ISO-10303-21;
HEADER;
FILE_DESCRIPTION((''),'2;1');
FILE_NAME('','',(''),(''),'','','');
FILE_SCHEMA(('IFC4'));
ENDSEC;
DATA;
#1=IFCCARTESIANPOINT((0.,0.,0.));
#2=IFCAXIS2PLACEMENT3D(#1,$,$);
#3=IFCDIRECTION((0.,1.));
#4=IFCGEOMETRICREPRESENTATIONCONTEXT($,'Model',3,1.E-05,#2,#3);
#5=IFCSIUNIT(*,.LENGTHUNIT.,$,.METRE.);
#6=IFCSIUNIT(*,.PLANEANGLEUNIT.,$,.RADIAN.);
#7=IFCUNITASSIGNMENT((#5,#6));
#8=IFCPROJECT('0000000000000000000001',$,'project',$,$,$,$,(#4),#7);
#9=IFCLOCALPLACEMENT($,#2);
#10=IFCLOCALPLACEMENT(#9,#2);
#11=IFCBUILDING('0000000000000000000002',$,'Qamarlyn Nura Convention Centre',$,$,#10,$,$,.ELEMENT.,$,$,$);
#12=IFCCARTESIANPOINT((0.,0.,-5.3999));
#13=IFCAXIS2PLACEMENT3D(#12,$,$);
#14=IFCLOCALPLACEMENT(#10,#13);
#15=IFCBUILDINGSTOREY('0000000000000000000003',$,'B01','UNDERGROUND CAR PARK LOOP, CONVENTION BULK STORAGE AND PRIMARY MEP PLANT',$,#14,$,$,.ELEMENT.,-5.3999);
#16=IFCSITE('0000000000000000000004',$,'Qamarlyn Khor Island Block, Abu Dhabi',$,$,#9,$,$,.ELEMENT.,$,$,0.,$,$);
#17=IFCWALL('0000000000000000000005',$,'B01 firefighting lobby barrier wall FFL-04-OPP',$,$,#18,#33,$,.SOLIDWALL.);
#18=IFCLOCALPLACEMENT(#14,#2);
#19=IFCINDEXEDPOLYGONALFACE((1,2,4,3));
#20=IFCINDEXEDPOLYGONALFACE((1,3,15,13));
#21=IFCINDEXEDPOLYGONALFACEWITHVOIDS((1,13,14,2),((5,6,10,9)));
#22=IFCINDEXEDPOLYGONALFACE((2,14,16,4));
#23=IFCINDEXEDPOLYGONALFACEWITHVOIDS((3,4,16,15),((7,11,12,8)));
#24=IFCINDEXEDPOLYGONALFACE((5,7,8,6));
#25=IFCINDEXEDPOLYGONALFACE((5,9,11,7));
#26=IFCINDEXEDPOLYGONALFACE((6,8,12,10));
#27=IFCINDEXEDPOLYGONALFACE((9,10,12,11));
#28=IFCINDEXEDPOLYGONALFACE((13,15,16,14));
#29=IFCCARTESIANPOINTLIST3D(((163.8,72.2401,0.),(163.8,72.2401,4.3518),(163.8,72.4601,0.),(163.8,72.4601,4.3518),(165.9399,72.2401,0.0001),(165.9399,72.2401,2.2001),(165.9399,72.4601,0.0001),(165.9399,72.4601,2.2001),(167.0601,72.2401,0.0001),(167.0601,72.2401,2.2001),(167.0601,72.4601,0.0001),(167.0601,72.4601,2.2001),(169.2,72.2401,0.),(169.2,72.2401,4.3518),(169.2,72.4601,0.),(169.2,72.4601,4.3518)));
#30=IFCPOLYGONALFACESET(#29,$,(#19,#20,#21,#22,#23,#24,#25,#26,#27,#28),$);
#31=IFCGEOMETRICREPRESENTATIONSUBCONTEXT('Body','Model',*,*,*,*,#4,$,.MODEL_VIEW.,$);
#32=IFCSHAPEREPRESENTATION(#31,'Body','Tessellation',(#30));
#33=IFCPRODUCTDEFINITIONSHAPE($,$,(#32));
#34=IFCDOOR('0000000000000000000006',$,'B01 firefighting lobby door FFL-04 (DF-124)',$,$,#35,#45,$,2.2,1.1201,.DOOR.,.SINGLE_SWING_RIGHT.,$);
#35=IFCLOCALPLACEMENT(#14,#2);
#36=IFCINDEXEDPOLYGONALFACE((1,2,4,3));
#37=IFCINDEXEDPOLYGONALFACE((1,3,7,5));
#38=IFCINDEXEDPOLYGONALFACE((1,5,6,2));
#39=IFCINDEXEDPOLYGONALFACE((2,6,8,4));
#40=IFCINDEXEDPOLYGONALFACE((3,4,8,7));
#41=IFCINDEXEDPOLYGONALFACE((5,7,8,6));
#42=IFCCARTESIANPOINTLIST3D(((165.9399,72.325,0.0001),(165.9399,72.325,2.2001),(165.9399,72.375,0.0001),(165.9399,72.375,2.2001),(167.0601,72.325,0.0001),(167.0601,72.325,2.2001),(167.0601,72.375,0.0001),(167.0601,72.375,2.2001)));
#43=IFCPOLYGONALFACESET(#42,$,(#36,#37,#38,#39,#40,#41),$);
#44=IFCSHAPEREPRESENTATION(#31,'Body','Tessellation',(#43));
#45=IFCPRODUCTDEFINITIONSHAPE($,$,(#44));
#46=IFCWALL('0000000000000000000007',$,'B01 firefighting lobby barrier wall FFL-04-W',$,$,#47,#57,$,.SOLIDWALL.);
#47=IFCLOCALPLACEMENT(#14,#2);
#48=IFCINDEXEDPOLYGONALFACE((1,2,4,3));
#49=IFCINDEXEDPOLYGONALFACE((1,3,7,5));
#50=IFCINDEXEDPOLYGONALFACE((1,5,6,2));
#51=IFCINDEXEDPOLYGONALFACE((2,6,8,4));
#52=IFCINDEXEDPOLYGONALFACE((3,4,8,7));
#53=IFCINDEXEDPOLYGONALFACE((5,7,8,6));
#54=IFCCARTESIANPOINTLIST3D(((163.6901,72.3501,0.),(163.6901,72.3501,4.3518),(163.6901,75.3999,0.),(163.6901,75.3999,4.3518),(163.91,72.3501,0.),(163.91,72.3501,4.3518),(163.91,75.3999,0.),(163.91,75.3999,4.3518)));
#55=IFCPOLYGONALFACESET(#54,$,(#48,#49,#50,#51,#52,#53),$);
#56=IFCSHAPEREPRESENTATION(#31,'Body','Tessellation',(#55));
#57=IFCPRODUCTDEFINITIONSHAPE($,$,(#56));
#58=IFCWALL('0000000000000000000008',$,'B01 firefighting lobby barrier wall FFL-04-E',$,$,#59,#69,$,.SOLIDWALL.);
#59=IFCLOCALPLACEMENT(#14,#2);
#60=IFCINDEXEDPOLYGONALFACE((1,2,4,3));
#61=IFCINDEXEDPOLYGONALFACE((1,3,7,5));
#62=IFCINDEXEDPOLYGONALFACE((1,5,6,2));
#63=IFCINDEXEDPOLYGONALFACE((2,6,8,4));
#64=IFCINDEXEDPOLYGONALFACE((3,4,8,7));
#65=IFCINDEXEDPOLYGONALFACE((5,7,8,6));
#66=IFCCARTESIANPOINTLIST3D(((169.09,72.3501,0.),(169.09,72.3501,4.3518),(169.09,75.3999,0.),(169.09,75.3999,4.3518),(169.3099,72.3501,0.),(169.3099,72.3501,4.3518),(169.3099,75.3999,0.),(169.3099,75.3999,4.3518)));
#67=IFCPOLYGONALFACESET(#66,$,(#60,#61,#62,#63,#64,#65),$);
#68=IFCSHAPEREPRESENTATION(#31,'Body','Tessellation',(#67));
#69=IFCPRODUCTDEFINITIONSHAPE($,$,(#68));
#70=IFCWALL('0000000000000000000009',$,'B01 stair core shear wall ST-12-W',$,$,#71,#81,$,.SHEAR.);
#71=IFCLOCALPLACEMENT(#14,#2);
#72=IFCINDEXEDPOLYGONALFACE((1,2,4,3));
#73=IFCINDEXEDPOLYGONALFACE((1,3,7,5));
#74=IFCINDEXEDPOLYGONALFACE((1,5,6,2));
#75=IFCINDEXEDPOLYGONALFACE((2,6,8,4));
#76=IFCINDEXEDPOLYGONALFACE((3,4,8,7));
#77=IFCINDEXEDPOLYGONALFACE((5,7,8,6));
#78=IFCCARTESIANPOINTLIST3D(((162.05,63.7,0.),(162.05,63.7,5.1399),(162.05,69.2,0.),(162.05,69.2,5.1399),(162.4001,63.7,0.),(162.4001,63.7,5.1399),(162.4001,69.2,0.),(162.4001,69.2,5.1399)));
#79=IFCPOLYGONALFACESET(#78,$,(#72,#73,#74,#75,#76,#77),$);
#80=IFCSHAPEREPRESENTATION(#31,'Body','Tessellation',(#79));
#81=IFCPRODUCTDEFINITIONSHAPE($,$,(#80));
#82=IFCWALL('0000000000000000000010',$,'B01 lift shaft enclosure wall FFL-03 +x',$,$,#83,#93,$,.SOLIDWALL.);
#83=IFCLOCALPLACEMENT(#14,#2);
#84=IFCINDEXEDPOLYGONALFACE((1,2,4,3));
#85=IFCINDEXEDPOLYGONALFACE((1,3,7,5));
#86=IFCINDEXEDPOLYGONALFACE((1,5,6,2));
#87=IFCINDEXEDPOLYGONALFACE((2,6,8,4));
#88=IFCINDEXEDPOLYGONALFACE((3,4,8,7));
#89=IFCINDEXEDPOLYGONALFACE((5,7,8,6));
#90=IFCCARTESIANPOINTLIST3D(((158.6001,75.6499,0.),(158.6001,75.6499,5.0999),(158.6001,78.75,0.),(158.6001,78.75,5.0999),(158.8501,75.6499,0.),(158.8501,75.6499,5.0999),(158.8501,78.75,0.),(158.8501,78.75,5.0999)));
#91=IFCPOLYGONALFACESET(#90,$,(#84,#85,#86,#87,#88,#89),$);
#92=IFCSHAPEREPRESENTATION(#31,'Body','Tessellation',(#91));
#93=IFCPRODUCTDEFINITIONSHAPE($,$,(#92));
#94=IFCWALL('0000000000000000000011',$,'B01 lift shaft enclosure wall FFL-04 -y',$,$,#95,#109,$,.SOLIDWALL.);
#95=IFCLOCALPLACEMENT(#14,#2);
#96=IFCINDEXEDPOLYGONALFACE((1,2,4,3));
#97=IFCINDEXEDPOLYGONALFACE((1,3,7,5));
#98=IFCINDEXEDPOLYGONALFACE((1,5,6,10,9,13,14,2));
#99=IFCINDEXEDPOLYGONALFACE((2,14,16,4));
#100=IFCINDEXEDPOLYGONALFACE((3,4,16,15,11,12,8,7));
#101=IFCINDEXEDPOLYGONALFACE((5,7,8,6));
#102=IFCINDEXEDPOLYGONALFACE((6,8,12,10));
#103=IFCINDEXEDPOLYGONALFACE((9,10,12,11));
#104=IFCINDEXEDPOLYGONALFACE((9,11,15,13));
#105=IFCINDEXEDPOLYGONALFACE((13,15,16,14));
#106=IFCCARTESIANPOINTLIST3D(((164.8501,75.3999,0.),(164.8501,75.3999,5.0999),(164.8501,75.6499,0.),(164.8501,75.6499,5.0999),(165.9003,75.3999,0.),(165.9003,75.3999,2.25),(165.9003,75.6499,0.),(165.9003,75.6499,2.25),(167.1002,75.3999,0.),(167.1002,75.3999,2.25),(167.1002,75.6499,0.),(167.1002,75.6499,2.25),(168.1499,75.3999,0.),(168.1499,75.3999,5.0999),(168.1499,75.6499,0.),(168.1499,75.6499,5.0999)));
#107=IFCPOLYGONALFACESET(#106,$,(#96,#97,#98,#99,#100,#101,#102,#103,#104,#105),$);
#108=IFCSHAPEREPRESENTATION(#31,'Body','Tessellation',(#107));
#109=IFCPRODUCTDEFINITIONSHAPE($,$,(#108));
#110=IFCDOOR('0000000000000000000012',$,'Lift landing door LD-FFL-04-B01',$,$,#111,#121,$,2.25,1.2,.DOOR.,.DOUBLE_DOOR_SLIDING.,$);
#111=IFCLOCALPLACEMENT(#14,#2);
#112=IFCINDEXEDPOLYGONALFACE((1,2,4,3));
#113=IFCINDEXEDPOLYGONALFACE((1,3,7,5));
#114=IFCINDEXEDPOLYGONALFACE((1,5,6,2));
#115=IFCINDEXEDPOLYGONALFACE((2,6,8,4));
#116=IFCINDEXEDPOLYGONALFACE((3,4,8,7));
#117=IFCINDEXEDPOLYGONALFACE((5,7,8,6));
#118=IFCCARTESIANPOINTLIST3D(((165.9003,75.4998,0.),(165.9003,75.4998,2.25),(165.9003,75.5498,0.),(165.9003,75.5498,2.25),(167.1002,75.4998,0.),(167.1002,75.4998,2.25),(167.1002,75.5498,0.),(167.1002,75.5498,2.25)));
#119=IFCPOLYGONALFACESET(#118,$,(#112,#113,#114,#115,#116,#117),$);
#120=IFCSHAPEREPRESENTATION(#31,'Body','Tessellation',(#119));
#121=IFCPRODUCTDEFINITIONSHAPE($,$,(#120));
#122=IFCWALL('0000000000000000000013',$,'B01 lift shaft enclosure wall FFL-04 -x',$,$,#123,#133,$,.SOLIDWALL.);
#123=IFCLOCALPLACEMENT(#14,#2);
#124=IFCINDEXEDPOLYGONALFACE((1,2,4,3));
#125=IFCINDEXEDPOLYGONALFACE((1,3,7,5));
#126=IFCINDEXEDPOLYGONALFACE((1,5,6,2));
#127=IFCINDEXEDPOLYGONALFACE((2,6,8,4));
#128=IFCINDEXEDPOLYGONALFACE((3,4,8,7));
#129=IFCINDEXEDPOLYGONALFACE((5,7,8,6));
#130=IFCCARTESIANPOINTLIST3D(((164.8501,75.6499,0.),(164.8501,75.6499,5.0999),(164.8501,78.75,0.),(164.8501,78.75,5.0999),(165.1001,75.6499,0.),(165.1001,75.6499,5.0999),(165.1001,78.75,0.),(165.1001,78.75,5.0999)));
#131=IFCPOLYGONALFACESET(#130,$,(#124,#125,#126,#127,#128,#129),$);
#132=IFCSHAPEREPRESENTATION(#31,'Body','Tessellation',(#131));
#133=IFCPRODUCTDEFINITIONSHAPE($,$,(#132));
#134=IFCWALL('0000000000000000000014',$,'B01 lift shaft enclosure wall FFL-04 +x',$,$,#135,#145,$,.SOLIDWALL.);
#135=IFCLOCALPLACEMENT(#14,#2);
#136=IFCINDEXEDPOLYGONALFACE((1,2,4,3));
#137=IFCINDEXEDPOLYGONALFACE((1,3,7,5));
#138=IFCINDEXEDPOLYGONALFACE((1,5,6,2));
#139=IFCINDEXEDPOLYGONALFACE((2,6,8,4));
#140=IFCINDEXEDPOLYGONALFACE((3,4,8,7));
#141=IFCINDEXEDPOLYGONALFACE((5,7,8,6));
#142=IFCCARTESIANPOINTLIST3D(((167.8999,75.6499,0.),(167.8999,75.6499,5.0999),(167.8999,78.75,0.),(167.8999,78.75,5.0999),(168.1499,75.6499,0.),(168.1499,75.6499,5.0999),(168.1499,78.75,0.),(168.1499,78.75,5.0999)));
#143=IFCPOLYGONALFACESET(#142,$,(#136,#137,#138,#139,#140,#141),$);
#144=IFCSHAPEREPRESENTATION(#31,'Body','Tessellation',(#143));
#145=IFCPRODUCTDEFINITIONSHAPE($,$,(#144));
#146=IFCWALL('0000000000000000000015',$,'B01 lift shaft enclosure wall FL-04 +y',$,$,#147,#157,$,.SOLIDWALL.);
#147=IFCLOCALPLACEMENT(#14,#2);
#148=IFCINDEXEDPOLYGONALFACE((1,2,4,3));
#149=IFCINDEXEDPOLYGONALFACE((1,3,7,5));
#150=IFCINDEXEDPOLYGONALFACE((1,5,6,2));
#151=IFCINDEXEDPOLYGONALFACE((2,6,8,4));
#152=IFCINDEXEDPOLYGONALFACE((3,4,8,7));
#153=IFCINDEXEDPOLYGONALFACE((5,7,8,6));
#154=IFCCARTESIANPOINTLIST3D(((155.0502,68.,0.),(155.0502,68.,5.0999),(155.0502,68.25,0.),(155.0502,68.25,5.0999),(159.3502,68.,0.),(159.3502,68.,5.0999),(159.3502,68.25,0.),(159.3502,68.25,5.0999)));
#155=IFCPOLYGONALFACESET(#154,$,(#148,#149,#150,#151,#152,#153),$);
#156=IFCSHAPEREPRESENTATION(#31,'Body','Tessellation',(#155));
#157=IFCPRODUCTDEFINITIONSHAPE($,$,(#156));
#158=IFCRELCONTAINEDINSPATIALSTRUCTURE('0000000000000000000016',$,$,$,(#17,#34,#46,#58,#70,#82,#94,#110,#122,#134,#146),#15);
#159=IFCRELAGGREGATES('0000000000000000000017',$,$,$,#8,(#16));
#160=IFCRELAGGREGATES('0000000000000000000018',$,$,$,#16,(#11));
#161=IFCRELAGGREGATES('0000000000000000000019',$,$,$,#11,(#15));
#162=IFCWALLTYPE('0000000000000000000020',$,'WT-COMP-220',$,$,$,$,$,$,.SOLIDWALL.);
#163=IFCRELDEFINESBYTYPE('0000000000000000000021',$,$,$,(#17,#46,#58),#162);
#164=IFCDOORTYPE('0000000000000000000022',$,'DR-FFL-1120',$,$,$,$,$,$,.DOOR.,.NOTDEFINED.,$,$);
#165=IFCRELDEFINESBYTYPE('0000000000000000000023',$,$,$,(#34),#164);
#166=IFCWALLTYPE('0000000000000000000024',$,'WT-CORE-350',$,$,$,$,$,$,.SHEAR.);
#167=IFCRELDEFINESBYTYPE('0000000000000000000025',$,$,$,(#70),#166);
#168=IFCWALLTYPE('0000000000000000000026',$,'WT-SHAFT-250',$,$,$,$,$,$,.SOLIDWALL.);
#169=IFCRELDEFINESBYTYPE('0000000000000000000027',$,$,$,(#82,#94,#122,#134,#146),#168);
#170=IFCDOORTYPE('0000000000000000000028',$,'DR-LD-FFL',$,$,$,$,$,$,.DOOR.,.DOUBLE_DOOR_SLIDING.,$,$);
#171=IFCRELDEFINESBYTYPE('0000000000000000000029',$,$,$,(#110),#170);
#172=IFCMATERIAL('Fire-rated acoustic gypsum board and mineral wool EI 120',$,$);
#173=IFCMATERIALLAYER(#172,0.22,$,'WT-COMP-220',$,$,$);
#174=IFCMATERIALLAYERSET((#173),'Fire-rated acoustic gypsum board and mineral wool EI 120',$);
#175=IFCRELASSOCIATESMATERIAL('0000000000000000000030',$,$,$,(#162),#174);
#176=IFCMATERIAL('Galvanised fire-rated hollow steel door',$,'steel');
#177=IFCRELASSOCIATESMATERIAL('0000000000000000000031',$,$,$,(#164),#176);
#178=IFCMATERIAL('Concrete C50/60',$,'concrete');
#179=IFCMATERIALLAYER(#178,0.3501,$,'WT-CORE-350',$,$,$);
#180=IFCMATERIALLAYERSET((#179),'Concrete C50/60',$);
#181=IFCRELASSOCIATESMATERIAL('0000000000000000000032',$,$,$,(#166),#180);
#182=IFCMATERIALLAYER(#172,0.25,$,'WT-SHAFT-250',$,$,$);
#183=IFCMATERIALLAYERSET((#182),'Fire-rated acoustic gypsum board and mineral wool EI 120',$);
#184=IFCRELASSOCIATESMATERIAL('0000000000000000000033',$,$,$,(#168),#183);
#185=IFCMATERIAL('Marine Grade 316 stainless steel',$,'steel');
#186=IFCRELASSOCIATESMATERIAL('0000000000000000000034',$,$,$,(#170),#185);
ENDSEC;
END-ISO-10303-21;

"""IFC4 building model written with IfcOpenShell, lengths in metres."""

from ifc_helpers import new_model, si_unit, direction, frame, frame_2d, origin, place, context, subcontext, project, spatial, rectangle, extrude, material, layer, layer_set, type_object, element, fill, save


model = new_model("IFC4")

# Units and contexts
model_context = context("Model", 3, precision=1e-05, world=origin(), true_north=direction((0.0, 1.0)))
body_context = subcontext(model_context, "Body", "Model", "MODEL_VIEW")
ifc_project = project(units=[si_unit("LENGTHUNIT", "METRE"), si_unit("PLANEANGLEUNIT", "RADIAN")], contexts=[model_context])

# Site, building, storey
site_placement = place(None, origin())
site = spatial("IfcSite", under=ifc_project, at=site_placement, Name="Qamarlyn Khor Island Block, Abu Dhabi", CompositionType="ELEMENT", RefElevation=0.0)
building_placement = place(site_placement, origin())
building = spatial("IfcBuilding", under=site, at=building_placement, Name="Qamarlyn Nura Convention Centre", CompositionType="ELEMENT")
storey_placement = place(building_placement, frame((0.0, 0.0, -5.3999)))
storey = spatial("IfcBuildingStorey", under=building, at=storey_placement, Name="B01", Description="UNDERGROUND CAR PARK LOOP, CONVENTION BULK STORAGE AND PRIMARY MEP PLANT", CompositionType="ELEMENT", Elevation=-5.3999)

# Shared definitions
ifc_material_1 = material(Name="Fire-rated acoustic gypsum board and mineral wool EI 120")
ifc_layer_1 = layer(ifc_material_1, 0.22, Name="WT-COMP-220")
ifc_layer_set_1 = layer_set([ifc_layer_1], Name="Fire-rated acoustic gypsum board and mineral wool EI 120")
wall_type_1 = type_object("IfcWallType", Name="WT-COMP-220", PredefinedType="SOLIDWALL", material=ifc_layer_set_1)

# Wall, opening, door
wall_1_placement = place(storey_placement, frame((163.8, 72.3501, 0.0), z_axis=(0.0, 0.0, 1.0), x_axis=(1.0, 0.0, 0.0)))
wall_1 = element("IfcWall", 1, at=wall_1_placement, inside=storey, type_object=wall_type_1, Name="B01 firefighting lobby barrier wall FFL-04-OPP", PredefinedType="SOLIDWALL", context=body_context, shape_type="SweptSolid", body=[
    extrude(rectangle(XDim=5.3999, YDim=0.22, at=frame_2d((2.7, 0.0))), origin(), (0.0, 0.0, 1.0), 4.3518),
])
opening_1_placement = place(wall_1_placement, frame((2.1399, 0.0, 0.0)))
opening_1 = element("IfcOpeningElement", 2, at=opening_1_placement, cuts=wall_1, PredefinedType="OPENING", context=body_context, shape_type="SweptSolid", body=[
    extrude(rectangle(XDim=1.1201, YDim=2.2, at=frame_2d((0.5601, 1.1001))), frame((0.0, 0.1201, 0.0), z_axis=(0.0, -1.0, 0.0), x_axis=(1.0, 0.0, 0.0)), (0.0, 0.0, 1.0), 0.24),
])
ifc_material_2 = material(Name="Galvanised fire-rated hollow steel door", Category="steel")
door_type_1 = type_object("IfcDoorType", Name="DR-FFL-1120", OperationType="NOTDEFINED", PredefinedType="DOOR", material=ifc_material_2)
door_1_placement = place(opening_1_placement, origin())
door_1 = element("IfcDoor", 3, at=door_1_placement, inside=storey, type_object=door_type_1, Name="B01 firefighting lobby door FFL-04 (DF-124)", OperationType="SINGLE_SWING_RIGHT", OverallHeight=2.2, OverallWidth=1.1201, PredefinedType="DOOR", context=body_context, shape_type="SweptSolid", body=[
    extrude(rectangle(XDim=1.1201, YDim=2.2, at=frame_2d((0.5601, 1.1001))), frame((0.0, 0.0249, 0.0), z_axis=(0.0, -1.0, 0.0), x_axis=(1.0, 0.0, 0.0)), (0.0, 0.0, 1.0), 0.05),
])
fill(opening_1, door_1)

# Walls
for number, where, z_axis, x_axis, name in (
    (4, (163.8, 72.3501, 0.0), (0.0, 0.0, 1.0), (0.0, 1.0, 0.0), "B01 firefighting lobby barrier wall FFL-04-W"),
    (5, (169.2, 72.3501, 0.0), (0.0, 0.0, 1.0), (0.0, 1.0, 0.0), "B01 firefighting lobby barrier wall FFL-04-E"),
):
    element("IfcWall", number, at=place(storey_placement, frame(where, z_axis=z_axis, x_axis=x_axis)), inside=storey, type_object=wall_type_1, Name=name, PredefinedType="SOLIDWALL", context=body_context, shape_type="SweptSolid", body=[
        extrude(rectangle(XDim=3.0498, YDim=0.22, at=frame_2d((1.5249, 0.0))), origin(), (0.0, 0.0, 1.0), 4.3518),
    ])
ifc_material_3 = material(Name="Concrete C50/60", Category="concrete")
ifc_layer_2 = layer(ifc_material_3, 0.3501, Name="WT-CORE-350")
ifc_layer_set_2 = layer_set([ifc_layer_2], Name="Concrete C50/60")
wall_type_2 = type_object("IfcWallType", Name="WT-CORE-350", PredefinedType="SHEAR", material=ifc_layer_set_2)
wall_2_placement = place(storey_placement, frame((162.2251, 69.2, 0.0), z_axis=(0.0, 0.0, 1.0), x_axis=(0.0, -1.0, 0.0)))
element("IfcWall", 6, at=wall_2_placement, inside=storey, type_object=wall_type_2, Name="B01 stair core shear wall ST-12-W", PredefinedType="SHEAR", context=body_context, shape_type="SweptSolid", body=[
    extrude(rectangle(XDim=5.5, YDim=0.3501, at=frame_2d((2.75, 0.0))), origin(), (0.0, 0.0, 1.0), 5.1399),
])
ifc_layer_3 = layer(ifc_material_1, 0.25, Name="WT-SHAFT-250")
ifc_layer_set_3 = layer_set([ifc_layer_3], Name="Fire-rated acoustic gypsum board and mineral wool EI 120")
wall_type_3 = type_object("IfcWallType", Name="WT-SHAFT-250", PredefinedType="SOLIDWALL", material=ifc_layer_set_3)
wall_3_placement = place(storey_placement, frame((158.7251, 75.6499, 0.0), z_axis=(0.0, 0.0, 1.0), x_axis=(0.0, 1.0, 0.0)))
element("IfcWall", 7, at=wall_3_placement, inside=storey, type_object=wall_type_3, Name="B01 lift shaft enclosure wall FFL-03 +x", PredefinedType="SOLIDWALL", context=body_context, shape_type="SweptSolid", body=[
    extrude(rectangle(XDim=3.1001, YDim=0.25, at=frame_2d((1.55, 0.0))), origin(), (0.0, 0.0, 1.0), 5.0999),
])

# Wall, opening, door
wall_4_placement = place(storey_placement, frame((164.8501, 75.5249, 0.0), z_axis=(0.0, 0.0, 1.0), x_axis=(1.0, 0.0, 0.0)))
wall_4 = element("IfcWall", 8, at=wall_4_placement, inside=storey, type_object=wall_type_3, Name="B01 lift shaft enclosure wall FFL-04 -y", PredefinedType="SOLIDWALL", context=body_context, shape_type="SweptSolid", body=[
    extrude(rectangle(XDim=3.2998, YDim=0.25, at=frame_2d((1.6499, 0.0))), origin(), (0.0, 0.0, 1.0), 5.0999),
])
opening_2_placement = place(wall_4_placement, frame((1.05, 0.0, 0.0)))
opening_2 = element("IfcOpeningElement", 9, at=opening_2_placement, cuts=wall_4, PredefinedType="OPENING", context=body_context, shape_type="SweptSolid", body=[
    extrude(rectangle(XDim=1.2, YDim=2.25, at=frame_2d((0.6001, 1.125))), frame((0.0, 0.135, 0.0), z_axis=(0.0, -1.0, 0.0), x_axis=(1.0, 0.0, 0.0)), (0.0, 0.0, 1.0), 0.27),
])
ifc_material_4 = material(Name="Marine Grade 316 stainless steel", Category="steel")
door_type_2 = type_object("IfcDoorType", Name="DR-LD-FFL", OperationType="DOUBLE_DOOR_SLIDING", PredefinedType="DOOR", material=ifc_material_4)
door_2_placement = place(opening_2_placement, origin())
door_2 = element("IfcDoor", 10, at=door_2_placement, inside=storey, type_object=door_type_2, Name="Lift landing door LD-FFL-04-B01", OperationType="DOUBLE_DOOR_SLIDING", OverallHeight=2.25, OverallWidth=1.2, PredefinedType="DOOR", context=body_context, shape_type="SweptSolid", body=[
    extrude(rectangle(XDim=1.2, YDim=2.25, at=frame_2d((0.6001, 1.125))), frame((0.0, 0.0249, 0.0), z_axis=(0.0, -1.0, 0.0), x_axis=(1.0, 0.0, 0.0)), (0.0, 0.0, 1.0), 0.05),
])
fill(opening_2, door_2)

# Walls
for number, where, z_axis, x_axis, name in (
    (11, (164.9751, 78.75, 0.0), (0.0, 0.0, 1.0), (0.0, -1.0, 0.0), "B01 lift shaft enclosure wall FFL-04 -x"),
    (12, (168.0249, 75.6499, 0.0), (0.0, 0.0, 1.0), (0.0, 1.0, 0.0), "B01 lift shaft enclosure wall FFL-04 +x"),
):
    element("IfcWall", number, at=place(storey_placement, frame(where, z_axis=z_axis, x_axis=x_axis)), inside=storey, type_object=wall_type_3, Name=name, PredefinedType="SOLIDWALL", context=body_context, shape_type="SweptSolid", body=[
        extrude(rectangle(XDim=3.1001, YDim=0.25, at=frame_2d((1.55, 0.0))), origin(), (0.0, 0.0, 1.0), 5.0999),
    ])
wall_5_placement = place(storey_placement, frame((159.3501, 68.125, 0.0), z_axis=(0.0, 0.0, 1.0), x_axis=(-1.0, 0.0, 0.0)))
element("IfcWall", 13, at=wall_5_placement, inside=storey, type_object=wall_type_3, Name="B01 lift shaft enclosure wall FL-04 +y", PredefinedType="SOLIDWALL", context=body_context, shape_type="SweptSolid", body=[
    extrude(rectangle(XDim=4.3, YDim=0.25, at=frame_2d((2.1499, 0.0))), origin(), (0.0, 0.0, 1.0), 5.0999),
])

save(model, "model.ifc")
